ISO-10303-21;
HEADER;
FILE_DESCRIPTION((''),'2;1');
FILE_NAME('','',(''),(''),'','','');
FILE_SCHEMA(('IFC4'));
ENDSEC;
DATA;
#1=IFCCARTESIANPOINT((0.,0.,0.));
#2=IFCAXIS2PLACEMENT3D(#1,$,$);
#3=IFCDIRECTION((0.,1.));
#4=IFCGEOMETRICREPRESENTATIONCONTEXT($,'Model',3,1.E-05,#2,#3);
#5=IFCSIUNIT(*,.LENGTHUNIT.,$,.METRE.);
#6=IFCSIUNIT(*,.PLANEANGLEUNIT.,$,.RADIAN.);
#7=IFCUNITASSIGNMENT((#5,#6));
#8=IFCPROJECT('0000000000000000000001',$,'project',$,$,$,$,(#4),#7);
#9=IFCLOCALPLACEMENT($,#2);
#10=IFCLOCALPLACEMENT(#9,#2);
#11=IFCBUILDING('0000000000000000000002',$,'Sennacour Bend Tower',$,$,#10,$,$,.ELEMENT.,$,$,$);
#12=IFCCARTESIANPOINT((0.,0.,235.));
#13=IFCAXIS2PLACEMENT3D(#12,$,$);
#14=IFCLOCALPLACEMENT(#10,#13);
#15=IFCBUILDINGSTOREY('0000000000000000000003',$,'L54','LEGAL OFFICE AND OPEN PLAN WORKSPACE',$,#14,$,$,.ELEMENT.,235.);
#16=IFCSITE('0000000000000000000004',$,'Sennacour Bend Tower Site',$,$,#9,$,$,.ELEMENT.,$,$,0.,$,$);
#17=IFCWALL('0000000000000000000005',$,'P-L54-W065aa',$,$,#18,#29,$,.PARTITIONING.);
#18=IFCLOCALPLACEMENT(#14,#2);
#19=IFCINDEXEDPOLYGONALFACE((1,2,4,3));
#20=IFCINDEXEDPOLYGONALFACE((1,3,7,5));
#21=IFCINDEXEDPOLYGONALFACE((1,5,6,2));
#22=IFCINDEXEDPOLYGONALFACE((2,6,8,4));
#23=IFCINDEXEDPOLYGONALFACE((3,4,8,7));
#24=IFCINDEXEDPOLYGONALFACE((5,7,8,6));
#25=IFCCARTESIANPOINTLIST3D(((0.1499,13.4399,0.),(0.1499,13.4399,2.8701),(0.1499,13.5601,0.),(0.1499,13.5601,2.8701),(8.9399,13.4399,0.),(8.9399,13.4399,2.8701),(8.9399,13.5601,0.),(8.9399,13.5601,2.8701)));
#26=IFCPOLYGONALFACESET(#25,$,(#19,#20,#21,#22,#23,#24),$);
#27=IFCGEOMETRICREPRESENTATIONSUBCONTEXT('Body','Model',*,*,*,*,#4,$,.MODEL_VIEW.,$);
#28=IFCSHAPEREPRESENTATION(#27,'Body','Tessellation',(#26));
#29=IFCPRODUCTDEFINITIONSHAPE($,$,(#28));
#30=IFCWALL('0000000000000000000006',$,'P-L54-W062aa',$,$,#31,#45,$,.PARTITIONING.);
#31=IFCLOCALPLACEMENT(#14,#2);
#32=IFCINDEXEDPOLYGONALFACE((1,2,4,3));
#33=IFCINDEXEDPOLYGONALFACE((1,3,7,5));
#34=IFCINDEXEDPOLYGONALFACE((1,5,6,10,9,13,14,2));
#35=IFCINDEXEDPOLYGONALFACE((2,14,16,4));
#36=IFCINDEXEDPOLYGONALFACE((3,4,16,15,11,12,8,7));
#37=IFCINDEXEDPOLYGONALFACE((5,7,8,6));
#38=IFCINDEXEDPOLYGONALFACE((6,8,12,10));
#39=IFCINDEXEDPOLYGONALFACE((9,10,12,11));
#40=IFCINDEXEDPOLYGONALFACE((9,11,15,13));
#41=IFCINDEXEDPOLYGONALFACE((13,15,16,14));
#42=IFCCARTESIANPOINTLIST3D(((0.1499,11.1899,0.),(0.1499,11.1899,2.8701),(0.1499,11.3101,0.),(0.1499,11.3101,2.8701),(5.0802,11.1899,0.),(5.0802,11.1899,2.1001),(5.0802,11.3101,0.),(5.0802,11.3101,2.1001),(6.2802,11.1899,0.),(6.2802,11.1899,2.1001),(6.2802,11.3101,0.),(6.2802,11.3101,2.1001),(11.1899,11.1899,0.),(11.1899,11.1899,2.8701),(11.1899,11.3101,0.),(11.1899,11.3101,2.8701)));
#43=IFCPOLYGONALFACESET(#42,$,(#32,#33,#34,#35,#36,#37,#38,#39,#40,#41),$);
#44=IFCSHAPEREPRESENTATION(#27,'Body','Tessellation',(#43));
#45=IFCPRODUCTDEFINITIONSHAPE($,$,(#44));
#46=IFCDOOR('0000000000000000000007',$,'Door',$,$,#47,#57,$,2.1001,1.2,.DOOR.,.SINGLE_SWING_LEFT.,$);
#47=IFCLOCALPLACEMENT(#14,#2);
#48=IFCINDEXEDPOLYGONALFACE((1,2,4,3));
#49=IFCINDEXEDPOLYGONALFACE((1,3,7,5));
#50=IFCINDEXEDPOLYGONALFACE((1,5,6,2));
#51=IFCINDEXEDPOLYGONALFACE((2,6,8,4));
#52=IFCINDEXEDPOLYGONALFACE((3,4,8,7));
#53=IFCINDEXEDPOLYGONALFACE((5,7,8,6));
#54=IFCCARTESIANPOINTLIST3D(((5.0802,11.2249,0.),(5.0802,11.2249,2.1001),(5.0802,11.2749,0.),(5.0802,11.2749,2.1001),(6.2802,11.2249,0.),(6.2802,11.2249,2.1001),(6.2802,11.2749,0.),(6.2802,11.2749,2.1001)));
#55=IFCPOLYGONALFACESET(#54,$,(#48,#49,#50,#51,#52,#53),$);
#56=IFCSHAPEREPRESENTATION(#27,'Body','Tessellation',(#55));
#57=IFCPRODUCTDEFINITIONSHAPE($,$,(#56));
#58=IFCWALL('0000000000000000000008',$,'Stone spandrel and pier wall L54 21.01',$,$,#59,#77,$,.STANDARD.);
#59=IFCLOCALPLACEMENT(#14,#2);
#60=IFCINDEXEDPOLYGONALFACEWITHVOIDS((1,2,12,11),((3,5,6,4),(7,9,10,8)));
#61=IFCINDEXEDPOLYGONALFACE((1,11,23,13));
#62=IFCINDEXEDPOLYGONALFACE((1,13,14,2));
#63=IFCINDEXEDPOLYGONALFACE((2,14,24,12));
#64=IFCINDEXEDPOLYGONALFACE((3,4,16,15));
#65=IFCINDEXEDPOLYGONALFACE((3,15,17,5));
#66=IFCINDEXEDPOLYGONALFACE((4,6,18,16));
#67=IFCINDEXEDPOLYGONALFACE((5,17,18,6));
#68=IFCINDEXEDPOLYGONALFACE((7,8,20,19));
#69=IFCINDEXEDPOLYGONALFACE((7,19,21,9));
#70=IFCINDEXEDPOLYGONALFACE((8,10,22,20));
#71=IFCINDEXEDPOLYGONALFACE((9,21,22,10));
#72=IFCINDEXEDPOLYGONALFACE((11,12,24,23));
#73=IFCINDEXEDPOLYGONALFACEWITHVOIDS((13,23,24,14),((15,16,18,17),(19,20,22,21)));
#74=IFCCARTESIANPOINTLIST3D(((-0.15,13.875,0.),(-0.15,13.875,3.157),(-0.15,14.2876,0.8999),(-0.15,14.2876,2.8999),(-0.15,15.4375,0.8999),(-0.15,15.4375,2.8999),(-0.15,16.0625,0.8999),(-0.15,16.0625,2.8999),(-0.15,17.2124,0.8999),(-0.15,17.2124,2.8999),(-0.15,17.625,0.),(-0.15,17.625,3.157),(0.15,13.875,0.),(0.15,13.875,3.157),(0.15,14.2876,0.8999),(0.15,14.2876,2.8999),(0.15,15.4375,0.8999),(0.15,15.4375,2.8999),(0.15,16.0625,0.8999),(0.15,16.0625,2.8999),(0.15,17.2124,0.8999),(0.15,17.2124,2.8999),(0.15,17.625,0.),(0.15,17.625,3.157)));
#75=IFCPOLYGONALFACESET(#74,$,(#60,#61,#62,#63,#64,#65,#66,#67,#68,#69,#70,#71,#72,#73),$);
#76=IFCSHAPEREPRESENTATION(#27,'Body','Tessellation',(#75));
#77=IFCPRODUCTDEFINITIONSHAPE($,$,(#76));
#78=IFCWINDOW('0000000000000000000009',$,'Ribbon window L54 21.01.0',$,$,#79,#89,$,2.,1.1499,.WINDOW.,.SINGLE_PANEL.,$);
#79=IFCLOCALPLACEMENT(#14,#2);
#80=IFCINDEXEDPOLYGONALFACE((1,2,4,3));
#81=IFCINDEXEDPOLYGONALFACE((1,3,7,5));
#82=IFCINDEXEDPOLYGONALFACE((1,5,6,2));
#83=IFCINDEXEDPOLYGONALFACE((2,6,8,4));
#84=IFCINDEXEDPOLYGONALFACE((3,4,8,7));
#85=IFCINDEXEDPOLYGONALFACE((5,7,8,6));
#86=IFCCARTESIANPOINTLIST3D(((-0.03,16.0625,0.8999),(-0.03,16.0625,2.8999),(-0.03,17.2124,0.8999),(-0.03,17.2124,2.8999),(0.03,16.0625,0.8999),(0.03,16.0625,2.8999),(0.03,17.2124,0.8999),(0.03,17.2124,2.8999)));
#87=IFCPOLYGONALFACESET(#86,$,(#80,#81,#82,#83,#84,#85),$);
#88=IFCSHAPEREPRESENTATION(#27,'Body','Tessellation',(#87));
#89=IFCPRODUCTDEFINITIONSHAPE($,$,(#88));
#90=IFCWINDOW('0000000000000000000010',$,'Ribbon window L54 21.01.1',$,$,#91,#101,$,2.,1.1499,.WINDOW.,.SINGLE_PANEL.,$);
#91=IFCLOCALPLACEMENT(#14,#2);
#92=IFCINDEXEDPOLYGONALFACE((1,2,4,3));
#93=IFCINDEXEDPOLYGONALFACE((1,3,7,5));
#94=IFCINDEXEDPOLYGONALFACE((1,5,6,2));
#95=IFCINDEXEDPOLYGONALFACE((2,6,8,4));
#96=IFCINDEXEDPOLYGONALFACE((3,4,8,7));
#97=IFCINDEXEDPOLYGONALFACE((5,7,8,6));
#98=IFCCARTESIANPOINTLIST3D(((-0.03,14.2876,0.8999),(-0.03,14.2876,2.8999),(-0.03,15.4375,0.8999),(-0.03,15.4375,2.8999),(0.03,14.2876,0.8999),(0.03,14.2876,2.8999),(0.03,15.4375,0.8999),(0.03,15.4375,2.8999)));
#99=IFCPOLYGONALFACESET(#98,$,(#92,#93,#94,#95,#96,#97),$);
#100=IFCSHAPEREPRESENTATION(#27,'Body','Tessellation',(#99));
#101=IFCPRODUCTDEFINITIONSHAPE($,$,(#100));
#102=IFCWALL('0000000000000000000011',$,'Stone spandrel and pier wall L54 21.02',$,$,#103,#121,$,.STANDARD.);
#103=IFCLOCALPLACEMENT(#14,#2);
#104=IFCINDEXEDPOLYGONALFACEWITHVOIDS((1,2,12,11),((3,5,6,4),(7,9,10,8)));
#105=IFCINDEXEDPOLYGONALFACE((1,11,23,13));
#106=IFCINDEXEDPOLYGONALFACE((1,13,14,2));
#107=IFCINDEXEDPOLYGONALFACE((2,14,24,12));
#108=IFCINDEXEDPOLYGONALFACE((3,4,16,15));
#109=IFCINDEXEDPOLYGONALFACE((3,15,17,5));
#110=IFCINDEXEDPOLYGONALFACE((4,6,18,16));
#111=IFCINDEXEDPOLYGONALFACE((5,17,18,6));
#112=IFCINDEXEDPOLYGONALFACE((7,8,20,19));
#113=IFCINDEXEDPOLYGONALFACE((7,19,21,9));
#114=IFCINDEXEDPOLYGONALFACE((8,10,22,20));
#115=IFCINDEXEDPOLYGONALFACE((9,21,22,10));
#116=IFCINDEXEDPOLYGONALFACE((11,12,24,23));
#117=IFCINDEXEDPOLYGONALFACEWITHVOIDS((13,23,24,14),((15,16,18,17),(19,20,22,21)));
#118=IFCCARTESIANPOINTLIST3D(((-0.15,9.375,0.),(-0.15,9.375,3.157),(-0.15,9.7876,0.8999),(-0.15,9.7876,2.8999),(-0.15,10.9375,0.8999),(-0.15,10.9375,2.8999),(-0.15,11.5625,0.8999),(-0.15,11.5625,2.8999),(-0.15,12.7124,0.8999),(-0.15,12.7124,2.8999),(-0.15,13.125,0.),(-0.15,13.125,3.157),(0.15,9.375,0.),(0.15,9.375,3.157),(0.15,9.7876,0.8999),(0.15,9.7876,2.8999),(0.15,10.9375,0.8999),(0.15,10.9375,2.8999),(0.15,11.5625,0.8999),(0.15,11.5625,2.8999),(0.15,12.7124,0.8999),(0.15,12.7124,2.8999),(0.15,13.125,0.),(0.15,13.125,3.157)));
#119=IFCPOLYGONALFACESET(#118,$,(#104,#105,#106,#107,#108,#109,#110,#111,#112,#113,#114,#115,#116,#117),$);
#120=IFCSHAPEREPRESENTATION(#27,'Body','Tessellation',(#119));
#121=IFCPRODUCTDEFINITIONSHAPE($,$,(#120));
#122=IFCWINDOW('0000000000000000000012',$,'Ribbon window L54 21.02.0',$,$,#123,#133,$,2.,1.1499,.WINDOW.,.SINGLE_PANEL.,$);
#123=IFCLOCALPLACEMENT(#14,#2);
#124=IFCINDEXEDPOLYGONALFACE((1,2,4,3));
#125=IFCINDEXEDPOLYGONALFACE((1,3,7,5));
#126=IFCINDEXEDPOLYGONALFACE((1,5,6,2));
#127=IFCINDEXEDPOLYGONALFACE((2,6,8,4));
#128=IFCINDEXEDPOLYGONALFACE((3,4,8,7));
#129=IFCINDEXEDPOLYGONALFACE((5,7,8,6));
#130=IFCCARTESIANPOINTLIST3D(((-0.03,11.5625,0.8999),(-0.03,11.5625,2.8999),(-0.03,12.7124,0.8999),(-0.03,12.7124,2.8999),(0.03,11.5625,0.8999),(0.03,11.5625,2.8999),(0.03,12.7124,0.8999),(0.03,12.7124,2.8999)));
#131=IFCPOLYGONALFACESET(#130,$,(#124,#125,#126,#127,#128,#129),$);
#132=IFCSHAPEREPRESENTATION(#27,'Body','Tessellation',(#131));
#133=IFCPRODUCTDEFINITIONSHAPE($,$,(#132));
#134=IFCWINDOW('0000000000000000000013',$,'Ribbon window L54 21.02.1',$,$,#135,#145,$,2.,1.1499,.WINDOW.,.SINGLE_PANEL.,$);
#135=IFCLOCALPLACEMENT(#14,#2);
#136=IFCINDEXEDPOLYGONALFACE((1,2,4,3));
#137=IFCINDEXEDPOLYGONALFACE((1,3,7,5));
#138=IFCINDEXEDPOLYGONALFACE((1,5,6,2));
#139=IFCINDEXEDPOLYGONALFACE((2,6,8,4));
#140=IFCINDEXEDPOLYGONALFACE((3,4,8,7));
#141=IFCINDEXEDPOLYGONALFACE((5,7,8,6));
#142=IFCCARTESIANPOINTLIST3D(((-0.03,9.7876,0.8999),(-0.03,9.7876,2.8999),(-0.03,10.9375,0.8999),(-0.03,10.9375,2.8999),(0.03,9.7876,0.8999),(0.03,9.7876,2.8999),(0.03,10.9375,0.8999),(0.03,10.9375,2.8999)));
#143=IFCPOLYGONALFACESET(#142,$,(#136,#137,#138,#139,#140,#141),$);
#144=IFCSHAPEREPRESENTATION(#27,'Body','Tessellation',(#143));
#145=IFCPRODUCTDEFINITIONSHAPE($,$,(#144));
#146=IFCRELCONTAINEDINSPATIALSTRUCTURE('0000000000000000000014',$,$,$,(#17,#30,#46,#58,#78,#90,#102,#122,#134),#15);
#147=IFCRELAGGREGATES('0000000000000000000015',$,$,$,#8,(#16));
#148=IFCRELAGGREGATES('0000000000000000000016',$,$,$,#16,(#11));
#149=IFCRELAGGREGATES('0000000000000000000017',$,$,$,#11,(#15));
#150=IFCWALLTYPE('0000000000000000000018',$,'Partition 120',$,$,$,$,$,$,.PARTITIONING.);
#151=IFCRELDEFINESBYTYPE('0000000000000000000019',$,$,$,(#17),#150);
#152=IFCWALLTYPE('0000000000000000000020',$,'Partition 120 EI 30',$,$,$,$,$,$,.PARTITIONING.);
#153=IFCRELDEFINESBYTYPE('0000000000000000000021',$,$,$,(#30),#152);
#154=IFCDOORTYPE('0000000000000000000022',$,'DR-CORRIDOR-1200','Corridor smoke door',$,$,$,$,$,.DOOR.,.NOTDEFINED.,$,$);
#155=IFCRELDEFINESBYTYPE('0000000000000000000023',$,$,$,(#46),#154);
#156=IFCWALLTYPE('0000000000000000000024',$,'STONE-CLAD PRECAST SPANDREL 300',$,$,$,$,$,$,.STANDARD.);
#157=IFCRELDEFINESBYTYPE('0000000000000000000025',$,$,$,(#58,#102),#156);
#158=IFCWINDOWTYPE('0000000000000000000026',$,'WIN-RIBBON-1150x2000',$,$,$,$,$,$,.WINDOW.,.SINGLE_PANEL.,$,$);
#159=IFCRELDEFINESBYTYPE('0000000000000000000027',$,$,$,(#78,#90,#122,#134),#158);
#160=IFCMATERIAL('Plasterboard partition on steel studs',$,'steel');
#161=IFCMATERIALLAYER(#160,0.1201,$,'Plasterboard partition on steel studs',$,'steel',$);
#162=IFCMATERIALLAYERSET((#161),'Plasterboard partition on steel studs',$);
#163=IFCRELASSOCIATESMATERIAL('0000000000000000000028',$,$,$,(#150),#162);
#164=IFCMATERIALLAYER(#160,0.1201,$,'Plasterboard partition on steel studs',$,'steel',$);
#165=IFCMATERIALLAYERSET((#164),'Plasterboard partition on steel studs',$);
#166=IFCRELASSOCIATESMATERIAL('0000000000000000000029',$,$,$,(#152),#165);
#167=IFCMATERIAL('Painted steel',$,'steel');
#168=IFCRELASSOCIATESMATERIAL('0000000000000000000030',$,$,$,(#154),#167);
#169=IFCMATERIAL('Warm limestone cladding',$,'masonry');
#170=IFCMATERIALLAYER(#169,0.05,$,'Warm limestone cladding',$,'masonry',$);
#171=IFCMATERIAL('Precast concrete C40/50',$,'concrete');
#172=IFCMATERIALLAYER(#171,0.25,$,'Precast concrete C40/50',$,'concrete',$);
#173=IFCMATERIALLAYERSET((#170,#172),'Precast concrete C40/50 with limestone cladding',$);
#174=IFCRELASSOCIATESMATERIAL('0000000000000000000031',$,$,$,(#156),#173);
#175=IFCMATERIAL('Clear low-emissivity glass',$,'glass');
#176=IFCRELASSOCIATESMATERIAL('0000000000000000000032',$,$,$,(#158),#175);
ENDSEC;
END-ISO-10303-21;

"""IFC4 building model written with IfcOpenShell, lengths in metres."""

from ifc_helpers import new_model, si_unit, direction, frame, frame_2d, origin, place, context, subcontext, project, spatial, rectangle, extrude, material, layer, layer_set, type_object, element, fill, save


model = new_model("IFC4")

# Units and contexts
model_context = context("Model", 3, precision=1e-05, world=origin(), true_north=direction((0.0, 1.0)))
body_context = subcontext(model_context, "Body", "Model", "MODEL_VIEW")
ifc_project = project(units=[si_unit("LENGTHUNIT", "METRE"), si_unit("PLANEANGLEUNIT", "RADIAN")], contexts=[model_context])

# Site, building, storey
site_placement = place(None, origin())
site = spatial("IfcSite", under=ifc_project, at=site_placement, Name="Sennacour Bend Tower Site", CompositionType="ELEMENT", RefElevation=0.0)
building_placement = place(site_placement, origin())
building = spatial("IfcBuilding", under=site, at=building_placement, Name="Sennacour Bend Tower", CompositionType="ELEMENT")
storey_placement = place(building_placement, frame((0.0, 0.0, 235.0)))
storey = spatial("IfcBuildingStorey", under=building, at=storey_placement, Name="L54", Description="LEGAL OFFICE AND OPEN PLAN WORKSPACE", CompositionType="ELEMENT", Elevation=235.0)

# Wall
ifc_material_1 = material(Name="Plasterboard partition on steel studs", Category="steel")
ifc_layer_1 = layer(ifc_material_1, 0.1201, Name="Plasterboard partition on steel studs", Category="steel")
ifc_layer_set_1 = layer_set([ifc_layer_1], Name="Plasterboard partition on steel studs")
wall_type_1 = type_object("IfcWallType", Name="Partition 120", PredefinedType="PARTITIONING", material=ifc_layer_set_1)
wall_1_placement = place(storey_placement, frame((0.1499, 13.5, 0.0), z_axis=(0.0, 0.0, 1.0), x_axis=(1.0, 0.0, 0.0)))
element("IfcWall", 1, at=wall_1_placement, inside=storey, type_object=wall_type_1, Name="P-L54-W065aa", PredefinedType="PARTITIONING", context=body_context, shape_type="SweptSolid", body=[
    extrude(rectangle(XDim=8.79, YDim=0.1201, at=frame_2d((4.395, 0.0))), origin(), (0.0, 0.0, 1.0), 2.8701),
])

# Wall, opening, door
ifc_layer_2 = layer(ifc_material_1, 0.1201, Name="Plasterboard partition on steel studs", Category="steel")
ifc_layer_set_2 = layer_set([ifc_layer_2], Name="Plasterboard partition on steel studs")
wall_type_2 = type_object("IfcWallType", Name="Partition 120 EI 30", PredefinedType="PARTITIONING", material=ifc_layer_set_2)
wall_2_placement = place(storey_placement, frame((0.1499, 11.25, 0.0), z_axis=(0.0, 0.0, 1.0), x_axis=(1.0, 0.0, 0.0)))
wall_2 = element("IfcWall", 2, at=wall_2_placement, inside=storey, type_object=wall_type_2, Name="P-L54-W062aa", PredefinedType="PARTITIONING", context=body_context, shape_type="SweptSolid", body=[
    extrude(rectangle(XDim=11.04, YDim=0.1201, at=frame_2d((5.52, 0.0))), origin(), (0.0, 0.0, 1.0), 2.8701),
])
opening_1_placement = place(wall_2_placement, frame((4.9302, 0.0, 0.0)))
opening_1 = element("IfcOpeningElement", 3, at=opening_1_placement, cuts=wall_2, PredefinedType="OPENING", context=body_context, shape_type="SweptSolid", body=[
    extrude(rectangle(XDim=1.2, YDim=2.1001, at=frame_2d((0.6001, 1.05))), frame((0.0, 0.0701, 0.0), z_axis=(0.0, -1.0, 0.0), x_axis=(1.0, 0.0, 0.0)), (0.0, 0.0, 1.0), 0.1401),
])
ifc_material_2 = material(Name="Painted steel", Category="steel")
door_type = type_object("IfcDoorType", Name="DR-CORRIDOR-1200", Description="Corridor smoke door", OperationType="NOTDEFINED", PredefinedType="DOOR", material=ifc_material_2)
door_placement = place(opening_1_placement, origin())
door = element("IfcDoor", 4, at=door_placement, inside=storey, type_object=door_type, Name="Door", OperationType="SINGLE_SWING_LEFT", OverallHeight=2.1001, OverallWidth=1.2, PredefinedType="DOOR", context=body_context, shape_type="SweptSolid", body=[
    extrude(rectangle(XDim=1.2, YDim=2.1001, at=frame_2d((0.6001, 1.05))), frame((0.0, 0.0249, 0.0), z_axis=(0.0, -1.0, 0.0), x_axis=(1.0, 0.0, 0.0)), (0.0, 0.0, 1.0), 0.05),
])
fill(opening_1, door)

# Walls, openings, windows
ifc_material_3 = material(Name="Warm limestone cladding", Category="masonry")
ifc_layer_3 = layer(ifc_material_3, 0.05, Name="Warm limestone cladding", Category="masonry")
ifc_material_4 = material(Name="Precast concrete C40/50", Category="concrete")
ifc_layer_4 = layer(ifc_material_4, 0.25, Name="Precast concrete C40/50", Category="concrete")
ifc_layer_set_3 = layer_set([ifc_layer_3, ifc_layer_4], Name="Precast concrete C40/50 with limestone cladding")
wall_type_3 = type_object("IfcWallType", Name="STONE-CLAD PRECAST SPANDREL 300", PredefinedType="STANDARD", material=ifc_layer_set_3)
wall_3_placement = place(storey_placement, frame((0.0, 17.625, 0.0), z_axis=(0.0, 0.0, 1.0), x_axis=(0.0, -1.0, 0.0)))
wall_3 = element("IfcWall", 5, at=wall_3_placement, inside=storey, type_object=wall_type_3, Name="Stone spandrel and pier wall L54 21.01", PredefinedType="STANDARD", context=body_context, shape_type="SweptSolid", body=[
    extrude(rectangle(XDim=3.75, YDim=0.3, at=frame_2d((1.875, 0.0))), origin(), (0.0, 0.0, 1.0), 3.157),
])
opening_2_placement = place(wall_3_placement, frame((0.4126, 0.0, 0.8999)))
opening_2 = element("IfcOpeningElement", 6, at=opening_2_placement, cuts=wall_3, PredefinedType="OPENING", context=body_context, shape_type="SweptSolid", body=[
    extrude(rectangle(XDim=1.1499, YDim=2.0, at=frame_2d((0.575, 1.0))), frame((0.0, 0.1602, 0.0), z_axis=(0.0, -1.0, 0.0), x_axis=(1.0, 0.0, 0.0)), (0.0, 0.0, 1.0), 0.3201),
])
opening_3_placement = place(wall_3_placement, frame((2.1875, 0.0, 0.8999)))
opening_3 = element("IfcOpeningElement", 7, at=opening_3_placement, cuts=wall_3, PredefinedType="OPENING", context=body_context, shape_type="SweptSolid", body=[
    extrude(rectangle(XDim=1.1499, YDim=2.0, at=frame_2d((0.575, 1.0))), frame((0.0, 0.1602, 0.0), z_axis=(0.0, -1.0, 0.0), x_axis=(1.0, 0.0, 0.0)), (0.0, 0.0, 1.0), 0.3201),
])
ifc_material_5 = material(Name="Clear low-emissivity glass", Category="glass")
window_type = type_object("IfcWindowType", Name="WIN-RIBBON-1150x2000", PartitioningType="SINGLE_PANEL", PredefinedType="WINDOW", material=ifc_material_5)
window_1_placement = place(opening_2_placement, origin())
window_1 = element("IfcWindow", 8, at=window_1_placement, inside=storey, type_object=window_type, Name="Ribbon window L54 21.01.0", OverallHeight=2.0, OverallWidth=1.1499, PartitioningType="SINGLE_PANEL", PredefinedType="WINDOW", context=body_context, shape_type="SweptSolid", body=[
    extrude(rectangle(XDim=1.1499, YDim=2.0, at=frame_2d((0.575, 1.0))), frame((0.0, 0.03, 0.0), z_axis=(0.0, -1.0, 0.0), x_axis=(1.0, 0.0, 0.0)), (0.0, 0.0, 1.0), 0.0601),
])
fill(opening_2, window_1)
window_2_placement = place(opening_3_placement, origin())
window_2 = element("IfcWindow", 9, at=window_2_placement, inside=storey, type_object=window_type, Name="Ribbon window L54 21.01.1", OverallHeight=2.0, OverallWidth=1.1499, PartitioningType="SINGLE_PANEL", PredefinedType="WINDOW", context=body_context, shape_type="SweptSolid", body=[
    extrude(rectangle(XDim=1.1499, YDim=2.0, at=frame_2d((0.575, 1.0))), frame((0.0, 0.03, 0.0), z_axis=(0.0, -1.0, 0.0), x_axis=(1.0, 0.0, 0.0)), (0.0, 0.0, 1.0), 0.0601),
])
fill(opening_3, window_2)
wall_4_placement = place(storey_placement, frame((0.0, 13.125, 0.0), z_axis=(0.0, 0.0, 1.0), x_axis=(0.0, -1.0, 0.0)))
wall_4 = element("IfcWall", 10, at=wall_4_placement, inside=storey, type_object=wall_type_3, Name="Stone spandrel and pier wall L54 21.02", PredefinedType="STANDARD", context=body_context, shape_type="SweptSolid", body=[
    extrude(rectangle(XDim=3.75, YDim=0.3, at=frame_2d((1.875, 0.0))), origin(), (0.0, 0.0, 1.0), 3.157),
])
opening_4_placement = place(wall_4_placement, frame((0.4126, 0.0, 0.8999)))
opening_4 = element("IfcOpeningElement", 11, at=opening_4_placement, cuts=wall_4, PredefinedType="OPENING", context=body_context, shape_type="SweptSolid", body=[
    extrude(rectangle(XDim=1.1499, YDim=2.0, at=frame_2d((0.575, 1.0))), frame((0.0, 0.1602, 0.0), z_axis=(0.0, -1.0, 0.0), x_axis=(1.0, 0.0, 0.0)), (0.0, 0.0, 1.0), 0.3201),
])
opening_5_placement = place(wall_4_placement, frame((2.1875, 0.0, 0.8999)))
opening_5 = element("IfcOpeningElement", 12, at=opening_5_placement, cuts=wall_4, PredefinedType="OPENING", context=body_context, shape_type="SweptSolid", body=[
    extrude(rectangle(XDim=1.1499, YDim=2.0, at=frame_2d((0.575, 1.0))), frame((0.0, 0.1602, 0.0), z_axis=(0.0, -1.0, 0.0), x_axis=(1.0, 0.0, 0.0)), (0.0, 0.0, 1.0), 0.3201),
])
window_3_placement = place(opening_4_placement, origin())
window_3 = element("IfcWindow", 13, at=window_3_placement, inside=storey, type_object=window_type, Name="Ribbon window L54 21.02.0", OverallHeight=2.0, OverallWidth=1.1499, PartitioningType="SINGLE_PANEL", PredefinedType="WINDOW", context=body_context, shape_type="SweptSolid", body=[
    extrude(rectangle(XDim=1.1499, YDim=2.0, at=frame_2d((0.575, 1.0))), frame((0.0, 0.03, 0.0), z_axis=(0.0, -1.0, 0.0), x_axis=(1.0, 0.0, 0.0)), (0.0, 0.0, 1.0), 0.0601),
])
fill(opening_4, window_3)
window_4_placement = place(opening_5_placement, origin())
window_4 = element("IfcWindow", 14, at=window_4_placement, inside=storey, type_object=window_type, Name="Ribbon window L54 21.02.1", OverallHeight=2.0, OverallWidth=1.1499, PartitioningType="SINGLE_PANEL", PredefinedType="WINDOW", context=body_context, shape_type="SweptSolid", body=[
    extrude(rectangle(XDim=1.1499, YDim=2.0, at=frame_2d((0.575, 1.0))), frame((0.0, 0.03, 0.0), z_axis=(0.0, -1.0, 0.0), x_axis=(1.0, 0.0, 0.0)), (0.0, 0.0, 1.0), 0.0601),
])
fill(opening_5, window_4)

save(model, "model.ifc")
